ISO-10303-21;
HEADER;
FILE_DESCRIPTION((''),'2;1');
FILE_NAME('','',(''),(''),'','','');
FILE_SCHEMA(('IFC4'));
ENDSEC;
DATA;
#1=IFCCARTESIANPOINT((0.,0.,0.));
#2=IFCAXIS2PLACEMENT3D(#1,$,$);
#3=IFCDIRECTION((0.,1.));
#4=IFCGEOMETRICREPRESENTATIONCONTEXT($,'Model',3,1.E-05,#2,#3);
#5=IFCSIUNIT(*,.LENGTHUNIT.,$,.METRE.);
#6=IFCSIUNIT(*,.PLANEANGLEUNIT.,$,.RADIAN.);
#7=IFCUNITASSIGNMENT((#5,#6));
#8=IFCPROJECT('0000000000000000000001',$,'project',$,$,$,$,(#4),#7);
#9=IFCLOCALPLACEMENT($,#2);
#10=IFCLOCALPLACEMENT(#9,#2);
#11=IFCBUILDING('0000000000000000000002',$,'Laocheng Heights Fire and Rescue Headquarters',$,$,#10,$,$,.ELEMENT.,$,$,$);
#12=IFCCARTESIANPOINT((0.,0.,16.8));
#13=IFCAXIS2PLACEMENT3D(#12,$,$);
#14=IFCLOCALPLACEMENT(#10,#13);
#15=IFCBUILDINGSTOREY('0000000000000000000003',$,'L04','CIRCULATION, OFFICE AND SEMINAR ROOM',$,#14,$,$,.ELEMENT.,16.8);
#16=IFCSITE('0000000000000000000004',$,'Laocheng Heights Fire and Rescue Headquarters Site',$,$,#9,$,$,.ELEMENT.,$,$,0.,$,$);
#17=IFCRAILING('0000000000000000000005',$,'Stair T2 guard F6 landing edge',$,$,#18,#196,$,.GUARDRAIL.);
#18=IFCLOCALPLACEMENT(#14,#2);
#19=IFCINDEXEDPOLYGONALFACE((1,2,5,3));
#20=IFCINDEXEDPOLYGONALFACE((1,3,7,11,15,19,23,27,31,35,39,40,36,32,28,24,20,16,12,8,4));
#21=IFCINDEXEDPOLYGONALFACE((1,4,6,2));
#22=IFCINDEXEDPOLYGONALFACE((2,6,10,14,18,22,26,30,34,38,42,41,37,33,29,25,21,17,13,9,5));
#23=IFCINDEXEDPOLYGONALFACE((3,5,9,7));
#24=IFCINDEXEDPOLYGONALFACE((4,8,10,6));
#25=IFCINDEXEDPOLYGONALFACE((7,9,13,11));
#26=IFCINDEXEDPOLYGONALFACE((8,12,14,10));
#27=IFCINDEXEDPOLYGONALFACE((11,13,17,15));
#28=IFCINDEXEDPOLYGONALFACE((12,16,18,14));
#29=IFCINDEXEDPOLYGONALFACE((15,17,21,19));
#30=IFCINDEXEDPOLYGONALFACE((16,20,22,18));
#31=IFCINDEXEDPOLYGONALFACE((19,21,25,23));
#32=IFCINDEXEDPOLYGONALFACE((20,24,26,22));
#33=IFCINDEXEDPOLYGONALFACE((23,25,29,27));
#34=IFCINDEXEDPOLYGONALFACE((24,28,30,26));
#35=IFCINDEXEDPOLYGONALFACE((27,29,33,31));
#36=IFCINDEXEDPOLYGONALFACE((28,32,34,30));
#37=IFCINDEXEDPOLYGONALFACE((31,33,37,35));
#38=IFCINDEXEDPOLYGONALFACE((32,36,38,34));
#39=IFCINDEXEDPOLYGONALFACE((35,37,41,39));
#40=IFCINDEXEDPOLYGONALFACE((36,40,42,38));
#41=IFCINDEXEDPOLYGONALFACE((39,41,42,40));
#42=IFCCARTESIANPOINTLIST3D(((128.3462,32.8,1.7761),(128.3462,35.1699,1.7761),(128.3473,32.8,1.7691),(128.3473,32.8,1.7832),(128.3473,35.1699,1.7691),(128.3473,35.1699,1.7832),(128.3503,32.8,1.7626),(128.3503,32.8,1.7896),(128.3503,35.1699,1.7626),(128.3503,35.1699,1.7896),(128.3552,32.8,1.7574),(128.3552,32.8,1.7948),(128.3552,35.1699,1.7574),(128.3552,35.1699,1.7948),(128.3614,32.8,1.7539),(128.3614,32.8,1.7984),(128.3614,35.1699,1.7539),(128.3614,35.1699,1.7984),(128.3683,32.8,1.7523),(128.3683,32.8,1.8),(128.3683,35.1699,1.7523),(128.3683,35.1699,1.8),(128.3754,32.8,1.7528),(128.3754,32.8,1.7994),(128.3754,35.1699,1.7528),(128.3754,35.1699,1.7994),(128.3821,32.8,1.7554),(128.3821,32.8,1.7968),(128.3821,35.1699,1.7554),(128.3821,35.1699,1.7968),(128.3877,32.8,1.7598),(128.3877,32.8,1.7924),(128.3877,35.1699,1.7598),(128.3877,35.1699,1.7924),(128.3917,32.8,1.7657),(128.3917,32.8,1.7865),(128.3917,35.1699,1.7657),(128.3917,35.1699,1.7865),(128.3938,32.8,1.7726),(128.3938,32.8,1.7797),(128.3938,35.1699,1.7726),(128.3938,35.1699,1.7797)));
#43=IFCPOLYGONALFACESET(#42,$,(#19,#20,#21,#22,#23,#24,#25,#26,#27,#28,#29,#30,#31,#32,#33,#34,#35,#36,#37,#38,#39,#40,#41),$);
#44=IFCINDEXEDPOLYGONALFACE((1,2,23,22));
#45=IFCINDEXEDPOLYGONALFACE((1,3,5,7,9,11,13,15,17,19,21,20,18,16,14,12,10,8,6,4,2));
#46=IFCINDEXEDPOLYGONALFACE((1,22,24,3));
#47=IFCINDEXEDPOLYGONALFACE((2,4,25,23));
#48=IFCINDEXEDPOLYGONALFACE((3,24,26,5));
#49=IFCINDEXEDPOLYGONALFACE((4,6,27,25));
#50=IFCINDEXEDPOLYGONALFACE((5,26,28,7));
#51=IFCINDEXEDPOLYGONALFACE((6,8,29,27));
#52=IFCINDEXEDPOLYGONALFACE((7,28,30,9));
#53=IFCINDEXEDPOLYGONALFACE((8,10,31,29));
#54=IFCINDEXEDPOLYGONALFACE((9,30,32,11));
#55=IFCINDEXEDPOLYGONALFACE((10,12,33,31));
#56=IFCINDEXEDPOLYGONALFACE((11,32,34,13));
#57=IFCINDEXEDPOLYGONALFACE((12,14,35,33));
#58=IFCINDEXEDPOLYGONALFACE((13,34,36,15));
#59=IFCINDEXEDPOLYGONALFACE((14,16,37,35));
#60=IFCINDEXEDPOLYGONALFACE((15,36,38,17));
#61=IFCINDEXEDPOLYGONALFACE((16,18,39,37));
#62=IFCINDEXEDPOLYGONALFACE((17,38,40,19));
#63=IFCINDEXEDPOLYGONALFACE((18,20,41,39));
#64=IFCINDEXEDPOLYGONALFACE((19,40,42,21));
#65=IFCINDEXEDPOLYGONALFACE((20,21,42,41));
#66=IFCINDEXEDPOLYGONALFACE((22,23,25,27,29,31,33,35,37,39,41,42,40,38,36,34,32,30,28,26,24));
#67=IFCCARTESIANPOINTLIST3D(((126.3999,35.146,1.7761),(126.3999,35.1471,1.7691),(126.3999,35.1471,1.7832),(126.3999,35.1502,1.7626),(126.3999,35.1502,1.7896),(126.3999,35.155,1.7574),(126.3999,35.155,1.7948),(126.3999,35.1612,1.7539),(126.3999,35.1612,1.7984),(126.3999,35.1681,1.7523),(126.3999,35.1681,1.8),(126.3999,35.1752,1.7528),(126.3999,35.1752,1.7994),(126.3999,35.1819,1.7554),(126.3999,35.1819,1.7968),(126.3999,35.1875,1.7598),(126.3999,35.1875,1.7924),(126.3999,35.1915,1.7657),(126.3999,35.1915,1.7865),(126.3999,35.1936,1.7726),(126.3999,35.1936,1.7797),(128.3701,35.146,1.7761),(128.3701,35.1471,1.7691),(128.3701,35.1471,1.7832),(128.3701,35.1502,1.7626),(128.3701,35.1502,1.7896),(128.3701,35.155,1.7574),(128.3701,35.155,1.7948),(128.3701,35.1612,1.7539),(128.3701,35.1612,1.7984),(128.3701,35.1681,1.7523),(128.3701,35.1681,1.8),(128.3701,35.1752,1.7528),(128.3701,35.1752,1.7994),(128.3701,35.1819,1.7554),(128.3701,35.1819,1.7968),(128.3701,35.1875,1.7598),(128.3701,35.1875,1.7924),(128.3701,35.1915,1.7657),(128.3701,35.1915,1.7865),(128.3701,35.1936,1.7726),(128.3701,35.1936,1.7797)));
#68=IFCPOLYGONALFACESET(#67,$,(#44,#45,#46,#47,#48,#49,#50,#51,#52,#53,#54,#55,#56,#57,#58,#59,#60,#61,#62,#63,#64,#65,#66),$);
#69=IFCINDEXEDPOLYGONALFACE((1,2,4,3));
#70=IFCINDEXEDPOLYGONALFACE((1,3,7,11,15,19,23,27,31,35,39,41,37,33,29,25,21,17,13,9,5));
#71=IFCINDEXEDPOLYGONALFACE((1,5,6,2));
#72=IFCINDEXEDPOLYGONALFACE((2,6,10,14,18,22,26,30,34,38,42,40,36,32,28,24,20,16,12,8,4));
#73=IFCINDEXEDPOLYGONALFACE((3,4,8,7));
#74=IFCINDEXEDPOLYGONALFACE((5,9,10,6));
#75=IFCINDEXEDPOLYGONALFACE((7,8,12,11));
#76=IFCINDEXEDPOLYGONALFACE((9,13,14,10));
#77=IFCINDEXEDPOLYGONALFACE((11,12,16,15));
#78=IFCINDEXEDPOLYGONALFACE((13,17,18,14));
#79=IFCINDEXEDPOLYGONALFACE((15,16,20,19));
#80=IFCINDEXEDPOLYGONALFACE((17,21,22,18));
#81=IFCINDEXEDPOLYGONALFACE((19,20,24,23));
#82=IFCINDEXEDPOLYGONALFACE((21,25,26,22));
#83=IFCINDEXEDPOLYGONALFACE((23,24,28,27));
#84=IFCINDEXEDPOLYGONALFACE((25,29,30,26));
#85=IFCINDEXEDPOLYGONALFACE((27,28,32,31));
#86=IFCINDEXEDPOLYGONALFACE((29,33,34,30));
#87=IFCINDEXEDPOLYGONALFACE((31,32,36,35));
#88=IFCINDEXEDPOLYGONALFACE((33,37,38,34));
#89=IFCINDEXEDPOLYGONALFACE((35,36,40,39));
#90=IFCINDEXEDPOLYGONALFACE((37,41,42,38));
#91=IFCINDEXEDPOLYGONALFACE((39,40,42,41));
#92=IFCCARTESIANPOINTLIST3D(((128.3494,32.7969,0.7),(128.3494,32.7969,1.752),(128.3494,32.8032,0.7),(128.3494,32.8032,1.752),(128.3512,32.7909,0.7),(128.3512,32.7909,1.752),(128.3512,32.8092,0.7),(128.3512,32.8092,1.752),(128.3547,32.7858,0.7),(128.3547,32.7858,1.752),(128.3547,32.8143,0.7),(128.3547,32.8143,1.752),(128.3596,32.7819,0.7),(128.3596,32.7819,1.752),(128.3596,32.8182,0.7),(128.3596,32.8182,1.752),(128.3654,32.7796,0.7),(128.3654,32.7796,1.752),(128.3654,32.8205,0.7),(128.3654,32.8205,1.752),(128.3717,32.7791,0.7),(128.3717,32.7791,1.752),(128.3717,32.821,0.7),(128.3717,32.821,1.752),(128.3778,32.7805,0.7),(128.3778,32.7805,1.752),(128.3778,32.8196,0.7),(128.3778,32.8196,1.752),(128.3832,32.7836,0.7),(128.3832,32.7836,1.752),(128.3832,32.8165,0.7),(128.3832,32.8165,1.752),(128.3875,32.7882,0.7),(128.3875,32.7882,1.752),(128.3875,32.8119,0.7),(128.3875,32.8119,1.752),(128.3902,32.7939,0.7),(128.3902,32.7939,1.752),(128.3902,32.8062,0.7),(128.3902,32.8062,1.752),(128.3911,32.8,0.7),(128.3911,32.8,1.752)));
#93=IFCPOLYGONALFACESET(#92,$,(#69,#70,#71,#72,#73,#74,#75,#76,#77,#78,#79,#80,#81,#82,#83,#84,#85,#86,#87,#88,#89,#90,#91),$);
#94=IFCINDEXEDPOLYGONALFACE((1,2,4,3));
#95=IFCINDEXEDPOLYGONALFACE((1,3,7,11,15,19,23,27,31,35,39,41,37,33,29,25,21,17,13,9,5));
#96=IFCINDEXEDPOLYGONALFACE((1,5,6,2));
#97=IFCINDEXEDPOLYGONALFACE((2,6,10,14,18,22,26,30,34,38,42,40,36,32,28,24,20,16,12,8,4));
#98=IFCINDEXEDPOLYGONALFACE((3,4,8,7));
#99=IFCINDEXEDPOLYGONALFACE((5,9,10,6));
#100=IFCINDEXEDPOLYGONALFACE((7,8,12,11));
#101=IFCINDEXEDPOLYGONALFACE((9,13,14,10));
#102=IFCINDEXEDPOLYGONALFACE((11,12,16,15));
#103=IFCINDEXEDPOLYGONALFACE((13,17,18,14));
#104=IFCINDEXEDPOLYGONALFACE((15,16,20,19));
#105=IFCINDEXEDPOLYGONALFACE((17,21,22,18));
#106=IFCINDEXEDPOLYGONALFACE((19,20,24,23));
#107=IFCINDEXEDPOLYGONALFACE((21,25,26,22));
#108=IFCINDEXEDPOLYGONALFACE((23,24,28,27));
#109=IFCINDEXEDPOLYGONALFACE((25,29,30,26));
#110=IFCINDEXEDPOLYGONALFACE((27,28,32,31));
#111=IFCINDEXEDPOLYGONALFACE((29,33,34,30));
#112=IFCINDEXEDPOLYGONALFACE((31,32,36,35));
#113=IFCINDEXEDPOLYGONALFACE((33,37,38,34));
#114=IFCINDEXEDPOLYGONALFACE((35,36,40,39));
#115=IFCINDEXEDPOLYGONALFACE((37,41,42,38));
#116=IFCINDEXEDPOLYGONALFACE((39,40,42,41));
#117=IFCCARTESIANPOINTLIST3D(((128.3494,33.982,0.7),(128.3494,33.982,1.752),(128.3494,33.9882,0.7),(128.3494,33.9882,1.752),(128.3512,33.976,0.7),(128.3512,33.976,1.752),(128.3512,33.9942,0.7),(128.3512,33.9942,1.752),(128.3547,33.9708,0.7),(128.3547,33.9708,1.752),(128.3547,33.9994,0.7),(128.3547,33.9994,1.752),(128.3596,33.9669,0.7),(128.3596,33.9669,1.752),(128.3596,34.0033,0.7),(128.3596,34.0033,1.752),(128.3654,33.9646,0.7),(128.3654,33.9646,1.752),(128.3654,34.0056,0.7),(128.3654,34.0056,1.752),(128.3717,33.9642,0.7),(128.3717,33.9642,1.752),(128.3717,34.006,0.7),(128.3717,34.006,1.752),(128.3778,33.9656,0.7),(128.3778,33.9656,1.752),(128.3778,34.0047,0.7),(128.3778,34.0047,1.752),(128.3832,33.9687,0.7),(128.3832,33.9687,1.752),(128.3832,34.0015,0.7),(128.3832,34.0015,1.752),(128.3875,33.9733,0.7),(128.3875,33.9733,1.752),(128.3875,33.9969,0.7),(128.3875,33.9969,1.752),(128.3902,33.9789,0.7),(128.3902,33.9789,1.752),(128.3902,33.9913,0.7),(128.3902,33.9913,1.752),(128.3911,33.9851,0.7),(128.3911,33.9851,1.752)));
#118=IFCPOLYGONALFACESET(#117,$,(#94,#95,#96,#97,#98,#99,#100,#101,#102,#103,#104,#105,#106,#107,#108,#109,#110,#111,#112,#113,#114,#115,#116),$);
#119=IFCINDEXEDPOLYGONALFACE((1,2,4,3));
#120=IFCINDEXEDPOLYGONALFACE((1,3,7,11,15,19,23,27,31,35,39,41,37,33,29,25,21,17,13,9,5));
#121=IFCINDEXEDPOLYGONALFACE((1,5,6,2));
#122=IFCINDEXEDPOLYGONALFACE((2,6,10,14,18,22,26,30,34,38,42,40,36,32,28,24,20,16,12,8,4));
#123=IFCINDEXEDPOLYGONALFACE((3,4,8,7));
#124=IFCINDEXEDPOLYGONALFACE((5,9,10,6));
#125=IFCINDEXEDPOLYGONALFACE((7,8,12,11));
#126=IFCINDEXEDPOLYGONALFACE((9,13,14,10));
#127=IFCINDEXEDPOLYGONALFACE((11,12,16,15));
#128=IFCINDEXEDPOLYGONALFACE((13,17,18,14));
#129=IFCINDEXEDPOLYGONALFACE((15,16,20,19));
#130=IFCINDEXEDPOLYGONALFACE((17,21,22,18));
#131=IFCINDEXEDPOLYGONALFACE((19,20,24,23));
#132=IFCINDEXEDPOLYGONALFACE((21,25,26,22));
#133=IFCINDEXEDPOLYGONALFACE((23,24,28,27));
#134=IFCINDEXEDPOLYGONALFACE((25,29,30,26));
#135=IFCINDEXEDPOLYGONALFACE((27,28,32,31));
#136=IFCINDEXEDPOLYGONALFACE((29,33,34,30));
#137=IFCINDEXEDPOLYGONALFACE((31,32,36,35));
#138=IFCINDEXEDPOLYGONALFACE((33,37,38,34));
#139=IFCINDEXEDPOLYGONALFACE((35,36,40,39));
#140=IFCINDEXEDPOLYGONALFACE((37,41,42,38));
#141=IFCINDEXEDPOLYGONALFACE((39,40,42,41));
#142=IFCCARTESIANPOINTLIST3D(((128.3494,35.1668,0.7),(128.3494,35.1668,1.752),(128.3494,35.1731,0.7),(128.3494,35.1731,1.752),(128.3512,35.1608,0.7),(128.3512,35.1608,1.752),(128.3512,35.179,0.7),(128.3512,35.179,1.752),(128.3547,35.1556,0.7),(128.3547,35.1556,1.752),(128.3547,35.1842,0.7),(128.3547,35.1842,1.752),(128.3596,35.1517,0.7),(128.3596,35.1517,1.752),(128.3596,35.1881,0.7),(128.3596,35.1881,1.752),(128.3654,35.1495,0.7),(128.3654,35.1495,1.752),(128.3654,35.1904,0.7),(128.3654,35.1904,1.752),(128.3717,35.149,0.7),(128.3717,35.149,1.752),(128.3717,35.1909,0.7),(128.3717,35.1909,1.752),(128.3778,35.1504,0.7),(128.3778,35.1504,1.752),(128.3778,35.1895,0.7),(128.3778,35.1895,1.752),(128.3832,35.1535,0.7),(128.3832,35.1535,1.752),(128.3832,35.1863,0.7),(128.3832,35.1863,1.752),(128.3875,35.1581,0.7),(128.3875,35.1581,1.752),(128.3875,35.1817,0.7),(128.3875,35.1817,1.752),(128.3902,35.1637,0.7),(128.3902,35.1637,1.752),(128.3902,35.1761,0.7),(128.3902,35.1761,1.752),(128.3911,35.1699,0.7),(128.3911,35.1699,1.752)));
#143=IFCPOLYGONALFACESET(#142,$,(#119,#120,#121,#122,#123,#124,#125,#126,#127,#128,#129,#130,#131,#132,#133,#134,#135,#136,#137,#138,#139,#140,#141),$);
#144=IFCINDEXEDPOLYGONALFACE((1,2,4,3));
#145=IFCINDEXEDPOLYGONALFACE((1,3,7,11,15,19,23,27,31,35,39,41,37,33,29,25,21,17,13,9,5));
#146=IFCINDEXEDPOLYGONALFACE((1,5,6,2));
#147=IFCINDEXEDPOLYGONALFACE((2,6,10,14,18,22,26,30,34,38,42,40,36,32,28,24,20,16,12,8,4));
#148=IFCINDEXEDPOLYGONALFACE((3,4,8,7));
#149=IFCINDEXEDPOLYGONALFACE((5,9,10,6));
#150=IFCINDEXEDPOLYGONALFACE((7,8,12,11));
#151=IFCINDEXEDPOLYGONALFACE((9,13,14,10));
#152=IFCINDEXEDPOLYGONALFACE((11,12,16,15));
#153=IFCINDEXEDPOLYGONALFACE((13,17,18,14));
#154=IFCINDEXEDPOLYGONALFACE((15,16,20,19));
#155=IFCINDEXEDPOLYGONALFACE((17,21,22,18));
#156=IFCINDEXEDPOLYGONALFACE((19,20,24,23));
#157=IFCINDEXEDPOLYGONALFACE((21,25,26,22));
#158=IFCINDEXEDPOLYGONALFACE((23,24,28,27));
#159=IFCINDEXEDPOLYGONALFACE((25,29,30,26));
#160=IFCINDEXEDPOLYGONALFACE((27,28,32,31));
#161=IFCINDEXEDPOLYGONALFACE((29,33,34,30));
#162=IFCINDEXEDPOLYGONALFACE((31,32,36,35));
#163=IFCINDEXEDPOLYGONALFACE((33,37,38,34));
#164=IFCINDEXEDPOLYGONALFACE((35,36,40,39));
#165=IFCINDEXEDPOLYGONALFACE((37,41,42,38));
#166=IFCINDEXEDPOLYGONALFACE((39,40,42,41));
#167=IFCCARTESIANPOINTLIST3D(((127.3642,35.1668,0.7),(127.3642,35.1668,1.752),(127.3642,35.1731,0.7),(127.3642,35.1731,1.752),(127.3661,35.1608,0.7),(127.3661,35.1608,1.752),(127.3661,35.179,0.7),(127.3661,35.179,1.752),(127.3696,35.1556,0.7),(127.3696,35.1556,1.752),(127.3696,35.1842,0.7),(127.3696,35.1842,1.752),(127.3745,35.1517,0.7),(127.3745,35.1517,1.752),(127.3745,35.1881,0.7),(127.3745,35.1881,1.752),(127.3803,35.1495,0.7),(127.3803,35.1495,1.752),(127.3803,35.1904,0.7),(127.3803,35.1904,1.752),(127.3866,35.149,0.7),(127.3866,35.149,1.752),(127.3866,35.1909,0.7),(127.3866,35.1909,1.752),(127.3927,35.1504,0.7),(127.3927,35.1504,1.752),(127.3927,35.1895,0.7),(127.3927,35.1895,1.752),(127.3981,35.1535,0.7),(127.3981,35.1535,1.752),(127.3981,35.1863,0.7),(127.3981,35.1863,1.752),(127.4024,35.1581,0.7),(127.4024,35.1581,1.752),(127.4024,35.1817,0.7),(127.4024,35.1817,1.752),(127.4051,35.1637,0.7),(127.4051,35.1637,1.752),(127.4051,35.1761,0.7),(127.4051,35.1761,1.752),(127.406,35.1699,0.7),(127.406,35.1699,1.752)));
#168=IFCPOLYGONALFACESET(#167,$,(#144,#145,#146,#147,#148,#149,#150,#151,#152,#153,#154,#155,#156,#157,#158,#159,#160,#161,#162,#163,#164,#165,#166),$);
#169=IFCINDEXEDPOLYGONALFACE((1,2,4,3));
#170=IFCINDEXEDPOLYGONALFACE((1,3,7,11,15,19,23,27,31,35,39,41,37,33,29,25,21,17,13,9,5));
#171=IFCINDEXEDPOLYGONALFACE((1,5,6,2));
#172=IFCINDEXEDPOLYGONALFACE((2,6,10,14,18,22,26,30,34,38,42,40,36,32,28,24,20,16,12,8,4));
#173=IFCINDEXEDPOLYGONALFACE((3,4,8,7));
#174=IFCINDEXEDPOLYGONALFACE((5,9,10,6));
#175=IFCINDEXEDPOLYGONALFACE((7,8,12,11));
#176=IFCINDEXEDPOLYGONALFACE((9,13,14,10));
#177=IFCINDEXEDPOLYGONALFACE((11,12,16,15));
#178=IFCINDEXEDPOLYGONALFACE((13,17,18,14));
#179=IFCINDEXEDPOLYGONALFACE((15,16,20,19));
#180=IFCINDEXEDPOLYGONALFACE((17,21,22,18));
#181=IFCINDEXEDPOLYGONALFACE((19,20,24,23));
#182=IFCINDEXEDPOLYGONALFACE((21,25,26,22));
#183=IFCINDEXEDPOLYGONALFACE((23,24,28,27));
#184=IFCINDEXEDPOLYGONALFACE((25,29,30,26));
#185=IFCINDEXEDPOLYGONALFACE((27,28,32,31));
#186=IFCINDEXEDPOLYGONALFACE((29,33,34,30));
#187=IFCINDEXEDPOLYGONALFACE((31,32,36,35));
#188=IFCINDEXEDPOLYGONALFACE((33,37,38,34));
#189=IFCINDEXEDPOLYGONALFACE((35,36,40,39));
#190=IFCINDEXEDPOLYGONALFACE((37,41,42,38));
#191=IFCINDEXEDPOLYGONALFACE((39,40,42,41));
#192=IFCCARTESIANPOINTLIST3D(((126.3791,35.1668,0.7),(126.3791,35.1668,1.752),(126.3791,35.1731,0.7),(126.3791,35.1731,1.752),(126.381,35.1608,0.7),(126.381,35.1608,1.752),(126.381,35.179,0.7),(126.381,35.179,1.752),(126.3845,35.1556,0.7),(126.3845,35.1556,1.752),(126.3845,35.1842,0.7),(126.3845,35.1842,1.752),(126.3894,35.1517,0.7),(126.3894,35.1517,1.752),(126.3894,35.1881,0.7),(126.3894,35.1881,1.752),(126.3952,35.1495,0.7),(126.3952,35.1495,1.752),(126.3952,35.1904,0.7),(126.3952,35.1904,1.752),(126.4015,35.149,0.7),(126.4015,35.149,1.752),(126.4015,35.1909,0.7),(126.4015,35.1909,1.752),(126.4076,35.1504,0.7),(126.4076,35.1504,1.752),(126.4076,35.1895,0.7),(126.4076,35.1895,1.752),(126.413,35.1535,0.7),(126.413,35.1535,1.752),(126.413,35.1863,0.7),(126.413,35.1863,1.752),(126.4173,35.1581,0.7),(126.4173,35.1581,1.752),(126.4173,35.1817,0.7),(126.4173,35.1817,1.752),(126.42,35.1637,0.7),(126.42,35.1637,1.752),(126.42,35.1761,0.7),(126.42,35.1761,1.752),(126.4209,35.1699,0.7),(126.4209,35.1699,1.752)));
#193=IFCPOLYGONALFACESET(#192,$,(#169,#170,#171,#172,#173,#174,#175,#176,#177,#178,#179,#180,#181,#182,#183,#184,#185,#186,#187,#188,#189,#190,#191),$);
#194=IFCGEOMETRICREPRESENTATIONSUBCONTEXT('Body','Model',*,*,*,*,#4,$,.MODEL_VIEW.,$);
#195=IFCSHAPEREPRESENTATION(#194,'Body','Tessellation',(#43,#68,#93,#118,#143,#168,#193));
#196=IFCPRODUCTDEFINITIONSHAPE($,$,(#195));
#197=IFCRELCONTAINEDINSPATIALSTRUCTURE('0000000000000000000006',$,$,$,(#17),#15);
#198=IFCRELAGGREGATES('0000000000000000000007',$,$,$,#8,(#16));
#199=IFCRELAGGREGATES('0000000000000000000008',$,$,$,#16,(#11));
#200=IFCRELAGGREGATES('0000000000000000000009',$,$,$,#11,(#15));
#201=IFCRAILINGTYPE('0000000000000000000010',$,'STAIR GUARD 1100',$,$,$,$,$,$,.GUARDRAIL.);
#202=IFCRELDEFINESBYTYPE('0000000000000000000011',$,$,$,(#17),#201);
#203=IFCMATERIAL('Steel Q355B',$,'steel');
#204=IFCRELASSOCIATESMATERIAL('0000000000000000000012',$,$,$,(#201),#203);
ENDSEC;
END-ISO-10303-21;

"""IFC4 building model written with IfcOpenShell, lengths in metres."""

from ifc_helpers import new_model, si_unit, direction, frame, origin, origin_2d, place, context, subcontext, project, spatial, circle, extrude, material, type_object, element, save


model = new_model("IFC4")

# Units and contexts
model_context = context("Model", 3, precision=1e-05, world=origin(), true_north=direction((0.0, 1.0)))
body_context = subcontext(model_context, "Body", "Model", "MODEL_VIEW")
ifc_project = project(units=[si_unit("LENGTHUNIT", "METRE"), si_unit("PLANEANGLEUNIT", "RADIAN")], contexts=[model_context])

# Site, building, storey
site_placement = place(None, origin())
site = spatial("IfcSite", under=ifc_project, at=site_placement, Name="Laocheng Heights Fire and Rescue Headquarters Site", CompositionType="ELEMENT", RefElevation=0.0)
building_placement = place(site_placement, origin())
building = spatial("IfcBuilding", under=site, at=building_placement, Name="Laocheng Heights Fire and Rescue Headquarters", CompositionType="ELEMENT")
storey_placement = place(building_placement, frame((0.0, 0.0, 16.8)))
storey = spatial("IfcBuildingStorey", under=building, at=storey_placement, Name="L04", Description="CIRCULATION, OFFICE AND SEMINAR ROOM", CompositionType="ELEMENT", Elevation=16.8)

# Railing
ifc_material_1 = material(Name="Steel Q355B", Category="steel")
railing_type_1 = type_object("IfcRailingType", Name="STAIR GUARD 1100", PredefinedType="GUARDRAIL", material=ifc_material_1)
railing_1_placement = place(storey_placement, frame((128.3701, 32.8, 0.7)))
element("IfcRailing", 1, at=railing_1_placement, inside=storey, type_object=railing_type_1, Name="Stair T2 guard F6 landing edge", PredefinedType="GUARDRAIL", context=body_context, shape_type="SweptSolid", body=[
    extrude(circle(Radius=0.0239, at=origin_2d()), frame((0.0, 0.0, 1.0762), z_axis=(0.0, 1.0, 0.0), x_axis=(-1.0, 0.0, 0.0)), (0.0, 0.0, 1.0), 2.3699),
    extrude(circle(Radius=0.0239, at=origin_2d()), frame((0.0, 2.3699, 1.0762), z_axis=(-1.0, 0.0, 0.0), x_axis=(0.0, -1.0, 0.0)), (0.0, 0.0, 1.0), 1.9702),
    extrude(circle(Radius=0.021, at=origin_2d()), origin(), (0.0, 0.0, 1.0), 1.052),
    extrude(circle(Radius=0.021, at=origin_2d()), frame((0.0, 1.1851, 0.0)), (0.0, 0.0, 1.0), 1.052),
    extrude(circle(Radius=0.021, at=origin_2d()), frame((0.0, 2.3699, 0.0)), (0.0, 0.0, 1.0), 1.052),
    extrude(circle(Radius=0.021, at=origin_2d()), frame((-0.9851, 2.3699, 0.0)), (0.0, 0.0, 1.0), 1.052),
    extrude(circle(Radius=0.021, at=origin_2d()), frame((-1.9702, 2.3699, 0.0)), (0.0, 0.0, 1.0), 1.052),
])

save(model, "model.ifc")
